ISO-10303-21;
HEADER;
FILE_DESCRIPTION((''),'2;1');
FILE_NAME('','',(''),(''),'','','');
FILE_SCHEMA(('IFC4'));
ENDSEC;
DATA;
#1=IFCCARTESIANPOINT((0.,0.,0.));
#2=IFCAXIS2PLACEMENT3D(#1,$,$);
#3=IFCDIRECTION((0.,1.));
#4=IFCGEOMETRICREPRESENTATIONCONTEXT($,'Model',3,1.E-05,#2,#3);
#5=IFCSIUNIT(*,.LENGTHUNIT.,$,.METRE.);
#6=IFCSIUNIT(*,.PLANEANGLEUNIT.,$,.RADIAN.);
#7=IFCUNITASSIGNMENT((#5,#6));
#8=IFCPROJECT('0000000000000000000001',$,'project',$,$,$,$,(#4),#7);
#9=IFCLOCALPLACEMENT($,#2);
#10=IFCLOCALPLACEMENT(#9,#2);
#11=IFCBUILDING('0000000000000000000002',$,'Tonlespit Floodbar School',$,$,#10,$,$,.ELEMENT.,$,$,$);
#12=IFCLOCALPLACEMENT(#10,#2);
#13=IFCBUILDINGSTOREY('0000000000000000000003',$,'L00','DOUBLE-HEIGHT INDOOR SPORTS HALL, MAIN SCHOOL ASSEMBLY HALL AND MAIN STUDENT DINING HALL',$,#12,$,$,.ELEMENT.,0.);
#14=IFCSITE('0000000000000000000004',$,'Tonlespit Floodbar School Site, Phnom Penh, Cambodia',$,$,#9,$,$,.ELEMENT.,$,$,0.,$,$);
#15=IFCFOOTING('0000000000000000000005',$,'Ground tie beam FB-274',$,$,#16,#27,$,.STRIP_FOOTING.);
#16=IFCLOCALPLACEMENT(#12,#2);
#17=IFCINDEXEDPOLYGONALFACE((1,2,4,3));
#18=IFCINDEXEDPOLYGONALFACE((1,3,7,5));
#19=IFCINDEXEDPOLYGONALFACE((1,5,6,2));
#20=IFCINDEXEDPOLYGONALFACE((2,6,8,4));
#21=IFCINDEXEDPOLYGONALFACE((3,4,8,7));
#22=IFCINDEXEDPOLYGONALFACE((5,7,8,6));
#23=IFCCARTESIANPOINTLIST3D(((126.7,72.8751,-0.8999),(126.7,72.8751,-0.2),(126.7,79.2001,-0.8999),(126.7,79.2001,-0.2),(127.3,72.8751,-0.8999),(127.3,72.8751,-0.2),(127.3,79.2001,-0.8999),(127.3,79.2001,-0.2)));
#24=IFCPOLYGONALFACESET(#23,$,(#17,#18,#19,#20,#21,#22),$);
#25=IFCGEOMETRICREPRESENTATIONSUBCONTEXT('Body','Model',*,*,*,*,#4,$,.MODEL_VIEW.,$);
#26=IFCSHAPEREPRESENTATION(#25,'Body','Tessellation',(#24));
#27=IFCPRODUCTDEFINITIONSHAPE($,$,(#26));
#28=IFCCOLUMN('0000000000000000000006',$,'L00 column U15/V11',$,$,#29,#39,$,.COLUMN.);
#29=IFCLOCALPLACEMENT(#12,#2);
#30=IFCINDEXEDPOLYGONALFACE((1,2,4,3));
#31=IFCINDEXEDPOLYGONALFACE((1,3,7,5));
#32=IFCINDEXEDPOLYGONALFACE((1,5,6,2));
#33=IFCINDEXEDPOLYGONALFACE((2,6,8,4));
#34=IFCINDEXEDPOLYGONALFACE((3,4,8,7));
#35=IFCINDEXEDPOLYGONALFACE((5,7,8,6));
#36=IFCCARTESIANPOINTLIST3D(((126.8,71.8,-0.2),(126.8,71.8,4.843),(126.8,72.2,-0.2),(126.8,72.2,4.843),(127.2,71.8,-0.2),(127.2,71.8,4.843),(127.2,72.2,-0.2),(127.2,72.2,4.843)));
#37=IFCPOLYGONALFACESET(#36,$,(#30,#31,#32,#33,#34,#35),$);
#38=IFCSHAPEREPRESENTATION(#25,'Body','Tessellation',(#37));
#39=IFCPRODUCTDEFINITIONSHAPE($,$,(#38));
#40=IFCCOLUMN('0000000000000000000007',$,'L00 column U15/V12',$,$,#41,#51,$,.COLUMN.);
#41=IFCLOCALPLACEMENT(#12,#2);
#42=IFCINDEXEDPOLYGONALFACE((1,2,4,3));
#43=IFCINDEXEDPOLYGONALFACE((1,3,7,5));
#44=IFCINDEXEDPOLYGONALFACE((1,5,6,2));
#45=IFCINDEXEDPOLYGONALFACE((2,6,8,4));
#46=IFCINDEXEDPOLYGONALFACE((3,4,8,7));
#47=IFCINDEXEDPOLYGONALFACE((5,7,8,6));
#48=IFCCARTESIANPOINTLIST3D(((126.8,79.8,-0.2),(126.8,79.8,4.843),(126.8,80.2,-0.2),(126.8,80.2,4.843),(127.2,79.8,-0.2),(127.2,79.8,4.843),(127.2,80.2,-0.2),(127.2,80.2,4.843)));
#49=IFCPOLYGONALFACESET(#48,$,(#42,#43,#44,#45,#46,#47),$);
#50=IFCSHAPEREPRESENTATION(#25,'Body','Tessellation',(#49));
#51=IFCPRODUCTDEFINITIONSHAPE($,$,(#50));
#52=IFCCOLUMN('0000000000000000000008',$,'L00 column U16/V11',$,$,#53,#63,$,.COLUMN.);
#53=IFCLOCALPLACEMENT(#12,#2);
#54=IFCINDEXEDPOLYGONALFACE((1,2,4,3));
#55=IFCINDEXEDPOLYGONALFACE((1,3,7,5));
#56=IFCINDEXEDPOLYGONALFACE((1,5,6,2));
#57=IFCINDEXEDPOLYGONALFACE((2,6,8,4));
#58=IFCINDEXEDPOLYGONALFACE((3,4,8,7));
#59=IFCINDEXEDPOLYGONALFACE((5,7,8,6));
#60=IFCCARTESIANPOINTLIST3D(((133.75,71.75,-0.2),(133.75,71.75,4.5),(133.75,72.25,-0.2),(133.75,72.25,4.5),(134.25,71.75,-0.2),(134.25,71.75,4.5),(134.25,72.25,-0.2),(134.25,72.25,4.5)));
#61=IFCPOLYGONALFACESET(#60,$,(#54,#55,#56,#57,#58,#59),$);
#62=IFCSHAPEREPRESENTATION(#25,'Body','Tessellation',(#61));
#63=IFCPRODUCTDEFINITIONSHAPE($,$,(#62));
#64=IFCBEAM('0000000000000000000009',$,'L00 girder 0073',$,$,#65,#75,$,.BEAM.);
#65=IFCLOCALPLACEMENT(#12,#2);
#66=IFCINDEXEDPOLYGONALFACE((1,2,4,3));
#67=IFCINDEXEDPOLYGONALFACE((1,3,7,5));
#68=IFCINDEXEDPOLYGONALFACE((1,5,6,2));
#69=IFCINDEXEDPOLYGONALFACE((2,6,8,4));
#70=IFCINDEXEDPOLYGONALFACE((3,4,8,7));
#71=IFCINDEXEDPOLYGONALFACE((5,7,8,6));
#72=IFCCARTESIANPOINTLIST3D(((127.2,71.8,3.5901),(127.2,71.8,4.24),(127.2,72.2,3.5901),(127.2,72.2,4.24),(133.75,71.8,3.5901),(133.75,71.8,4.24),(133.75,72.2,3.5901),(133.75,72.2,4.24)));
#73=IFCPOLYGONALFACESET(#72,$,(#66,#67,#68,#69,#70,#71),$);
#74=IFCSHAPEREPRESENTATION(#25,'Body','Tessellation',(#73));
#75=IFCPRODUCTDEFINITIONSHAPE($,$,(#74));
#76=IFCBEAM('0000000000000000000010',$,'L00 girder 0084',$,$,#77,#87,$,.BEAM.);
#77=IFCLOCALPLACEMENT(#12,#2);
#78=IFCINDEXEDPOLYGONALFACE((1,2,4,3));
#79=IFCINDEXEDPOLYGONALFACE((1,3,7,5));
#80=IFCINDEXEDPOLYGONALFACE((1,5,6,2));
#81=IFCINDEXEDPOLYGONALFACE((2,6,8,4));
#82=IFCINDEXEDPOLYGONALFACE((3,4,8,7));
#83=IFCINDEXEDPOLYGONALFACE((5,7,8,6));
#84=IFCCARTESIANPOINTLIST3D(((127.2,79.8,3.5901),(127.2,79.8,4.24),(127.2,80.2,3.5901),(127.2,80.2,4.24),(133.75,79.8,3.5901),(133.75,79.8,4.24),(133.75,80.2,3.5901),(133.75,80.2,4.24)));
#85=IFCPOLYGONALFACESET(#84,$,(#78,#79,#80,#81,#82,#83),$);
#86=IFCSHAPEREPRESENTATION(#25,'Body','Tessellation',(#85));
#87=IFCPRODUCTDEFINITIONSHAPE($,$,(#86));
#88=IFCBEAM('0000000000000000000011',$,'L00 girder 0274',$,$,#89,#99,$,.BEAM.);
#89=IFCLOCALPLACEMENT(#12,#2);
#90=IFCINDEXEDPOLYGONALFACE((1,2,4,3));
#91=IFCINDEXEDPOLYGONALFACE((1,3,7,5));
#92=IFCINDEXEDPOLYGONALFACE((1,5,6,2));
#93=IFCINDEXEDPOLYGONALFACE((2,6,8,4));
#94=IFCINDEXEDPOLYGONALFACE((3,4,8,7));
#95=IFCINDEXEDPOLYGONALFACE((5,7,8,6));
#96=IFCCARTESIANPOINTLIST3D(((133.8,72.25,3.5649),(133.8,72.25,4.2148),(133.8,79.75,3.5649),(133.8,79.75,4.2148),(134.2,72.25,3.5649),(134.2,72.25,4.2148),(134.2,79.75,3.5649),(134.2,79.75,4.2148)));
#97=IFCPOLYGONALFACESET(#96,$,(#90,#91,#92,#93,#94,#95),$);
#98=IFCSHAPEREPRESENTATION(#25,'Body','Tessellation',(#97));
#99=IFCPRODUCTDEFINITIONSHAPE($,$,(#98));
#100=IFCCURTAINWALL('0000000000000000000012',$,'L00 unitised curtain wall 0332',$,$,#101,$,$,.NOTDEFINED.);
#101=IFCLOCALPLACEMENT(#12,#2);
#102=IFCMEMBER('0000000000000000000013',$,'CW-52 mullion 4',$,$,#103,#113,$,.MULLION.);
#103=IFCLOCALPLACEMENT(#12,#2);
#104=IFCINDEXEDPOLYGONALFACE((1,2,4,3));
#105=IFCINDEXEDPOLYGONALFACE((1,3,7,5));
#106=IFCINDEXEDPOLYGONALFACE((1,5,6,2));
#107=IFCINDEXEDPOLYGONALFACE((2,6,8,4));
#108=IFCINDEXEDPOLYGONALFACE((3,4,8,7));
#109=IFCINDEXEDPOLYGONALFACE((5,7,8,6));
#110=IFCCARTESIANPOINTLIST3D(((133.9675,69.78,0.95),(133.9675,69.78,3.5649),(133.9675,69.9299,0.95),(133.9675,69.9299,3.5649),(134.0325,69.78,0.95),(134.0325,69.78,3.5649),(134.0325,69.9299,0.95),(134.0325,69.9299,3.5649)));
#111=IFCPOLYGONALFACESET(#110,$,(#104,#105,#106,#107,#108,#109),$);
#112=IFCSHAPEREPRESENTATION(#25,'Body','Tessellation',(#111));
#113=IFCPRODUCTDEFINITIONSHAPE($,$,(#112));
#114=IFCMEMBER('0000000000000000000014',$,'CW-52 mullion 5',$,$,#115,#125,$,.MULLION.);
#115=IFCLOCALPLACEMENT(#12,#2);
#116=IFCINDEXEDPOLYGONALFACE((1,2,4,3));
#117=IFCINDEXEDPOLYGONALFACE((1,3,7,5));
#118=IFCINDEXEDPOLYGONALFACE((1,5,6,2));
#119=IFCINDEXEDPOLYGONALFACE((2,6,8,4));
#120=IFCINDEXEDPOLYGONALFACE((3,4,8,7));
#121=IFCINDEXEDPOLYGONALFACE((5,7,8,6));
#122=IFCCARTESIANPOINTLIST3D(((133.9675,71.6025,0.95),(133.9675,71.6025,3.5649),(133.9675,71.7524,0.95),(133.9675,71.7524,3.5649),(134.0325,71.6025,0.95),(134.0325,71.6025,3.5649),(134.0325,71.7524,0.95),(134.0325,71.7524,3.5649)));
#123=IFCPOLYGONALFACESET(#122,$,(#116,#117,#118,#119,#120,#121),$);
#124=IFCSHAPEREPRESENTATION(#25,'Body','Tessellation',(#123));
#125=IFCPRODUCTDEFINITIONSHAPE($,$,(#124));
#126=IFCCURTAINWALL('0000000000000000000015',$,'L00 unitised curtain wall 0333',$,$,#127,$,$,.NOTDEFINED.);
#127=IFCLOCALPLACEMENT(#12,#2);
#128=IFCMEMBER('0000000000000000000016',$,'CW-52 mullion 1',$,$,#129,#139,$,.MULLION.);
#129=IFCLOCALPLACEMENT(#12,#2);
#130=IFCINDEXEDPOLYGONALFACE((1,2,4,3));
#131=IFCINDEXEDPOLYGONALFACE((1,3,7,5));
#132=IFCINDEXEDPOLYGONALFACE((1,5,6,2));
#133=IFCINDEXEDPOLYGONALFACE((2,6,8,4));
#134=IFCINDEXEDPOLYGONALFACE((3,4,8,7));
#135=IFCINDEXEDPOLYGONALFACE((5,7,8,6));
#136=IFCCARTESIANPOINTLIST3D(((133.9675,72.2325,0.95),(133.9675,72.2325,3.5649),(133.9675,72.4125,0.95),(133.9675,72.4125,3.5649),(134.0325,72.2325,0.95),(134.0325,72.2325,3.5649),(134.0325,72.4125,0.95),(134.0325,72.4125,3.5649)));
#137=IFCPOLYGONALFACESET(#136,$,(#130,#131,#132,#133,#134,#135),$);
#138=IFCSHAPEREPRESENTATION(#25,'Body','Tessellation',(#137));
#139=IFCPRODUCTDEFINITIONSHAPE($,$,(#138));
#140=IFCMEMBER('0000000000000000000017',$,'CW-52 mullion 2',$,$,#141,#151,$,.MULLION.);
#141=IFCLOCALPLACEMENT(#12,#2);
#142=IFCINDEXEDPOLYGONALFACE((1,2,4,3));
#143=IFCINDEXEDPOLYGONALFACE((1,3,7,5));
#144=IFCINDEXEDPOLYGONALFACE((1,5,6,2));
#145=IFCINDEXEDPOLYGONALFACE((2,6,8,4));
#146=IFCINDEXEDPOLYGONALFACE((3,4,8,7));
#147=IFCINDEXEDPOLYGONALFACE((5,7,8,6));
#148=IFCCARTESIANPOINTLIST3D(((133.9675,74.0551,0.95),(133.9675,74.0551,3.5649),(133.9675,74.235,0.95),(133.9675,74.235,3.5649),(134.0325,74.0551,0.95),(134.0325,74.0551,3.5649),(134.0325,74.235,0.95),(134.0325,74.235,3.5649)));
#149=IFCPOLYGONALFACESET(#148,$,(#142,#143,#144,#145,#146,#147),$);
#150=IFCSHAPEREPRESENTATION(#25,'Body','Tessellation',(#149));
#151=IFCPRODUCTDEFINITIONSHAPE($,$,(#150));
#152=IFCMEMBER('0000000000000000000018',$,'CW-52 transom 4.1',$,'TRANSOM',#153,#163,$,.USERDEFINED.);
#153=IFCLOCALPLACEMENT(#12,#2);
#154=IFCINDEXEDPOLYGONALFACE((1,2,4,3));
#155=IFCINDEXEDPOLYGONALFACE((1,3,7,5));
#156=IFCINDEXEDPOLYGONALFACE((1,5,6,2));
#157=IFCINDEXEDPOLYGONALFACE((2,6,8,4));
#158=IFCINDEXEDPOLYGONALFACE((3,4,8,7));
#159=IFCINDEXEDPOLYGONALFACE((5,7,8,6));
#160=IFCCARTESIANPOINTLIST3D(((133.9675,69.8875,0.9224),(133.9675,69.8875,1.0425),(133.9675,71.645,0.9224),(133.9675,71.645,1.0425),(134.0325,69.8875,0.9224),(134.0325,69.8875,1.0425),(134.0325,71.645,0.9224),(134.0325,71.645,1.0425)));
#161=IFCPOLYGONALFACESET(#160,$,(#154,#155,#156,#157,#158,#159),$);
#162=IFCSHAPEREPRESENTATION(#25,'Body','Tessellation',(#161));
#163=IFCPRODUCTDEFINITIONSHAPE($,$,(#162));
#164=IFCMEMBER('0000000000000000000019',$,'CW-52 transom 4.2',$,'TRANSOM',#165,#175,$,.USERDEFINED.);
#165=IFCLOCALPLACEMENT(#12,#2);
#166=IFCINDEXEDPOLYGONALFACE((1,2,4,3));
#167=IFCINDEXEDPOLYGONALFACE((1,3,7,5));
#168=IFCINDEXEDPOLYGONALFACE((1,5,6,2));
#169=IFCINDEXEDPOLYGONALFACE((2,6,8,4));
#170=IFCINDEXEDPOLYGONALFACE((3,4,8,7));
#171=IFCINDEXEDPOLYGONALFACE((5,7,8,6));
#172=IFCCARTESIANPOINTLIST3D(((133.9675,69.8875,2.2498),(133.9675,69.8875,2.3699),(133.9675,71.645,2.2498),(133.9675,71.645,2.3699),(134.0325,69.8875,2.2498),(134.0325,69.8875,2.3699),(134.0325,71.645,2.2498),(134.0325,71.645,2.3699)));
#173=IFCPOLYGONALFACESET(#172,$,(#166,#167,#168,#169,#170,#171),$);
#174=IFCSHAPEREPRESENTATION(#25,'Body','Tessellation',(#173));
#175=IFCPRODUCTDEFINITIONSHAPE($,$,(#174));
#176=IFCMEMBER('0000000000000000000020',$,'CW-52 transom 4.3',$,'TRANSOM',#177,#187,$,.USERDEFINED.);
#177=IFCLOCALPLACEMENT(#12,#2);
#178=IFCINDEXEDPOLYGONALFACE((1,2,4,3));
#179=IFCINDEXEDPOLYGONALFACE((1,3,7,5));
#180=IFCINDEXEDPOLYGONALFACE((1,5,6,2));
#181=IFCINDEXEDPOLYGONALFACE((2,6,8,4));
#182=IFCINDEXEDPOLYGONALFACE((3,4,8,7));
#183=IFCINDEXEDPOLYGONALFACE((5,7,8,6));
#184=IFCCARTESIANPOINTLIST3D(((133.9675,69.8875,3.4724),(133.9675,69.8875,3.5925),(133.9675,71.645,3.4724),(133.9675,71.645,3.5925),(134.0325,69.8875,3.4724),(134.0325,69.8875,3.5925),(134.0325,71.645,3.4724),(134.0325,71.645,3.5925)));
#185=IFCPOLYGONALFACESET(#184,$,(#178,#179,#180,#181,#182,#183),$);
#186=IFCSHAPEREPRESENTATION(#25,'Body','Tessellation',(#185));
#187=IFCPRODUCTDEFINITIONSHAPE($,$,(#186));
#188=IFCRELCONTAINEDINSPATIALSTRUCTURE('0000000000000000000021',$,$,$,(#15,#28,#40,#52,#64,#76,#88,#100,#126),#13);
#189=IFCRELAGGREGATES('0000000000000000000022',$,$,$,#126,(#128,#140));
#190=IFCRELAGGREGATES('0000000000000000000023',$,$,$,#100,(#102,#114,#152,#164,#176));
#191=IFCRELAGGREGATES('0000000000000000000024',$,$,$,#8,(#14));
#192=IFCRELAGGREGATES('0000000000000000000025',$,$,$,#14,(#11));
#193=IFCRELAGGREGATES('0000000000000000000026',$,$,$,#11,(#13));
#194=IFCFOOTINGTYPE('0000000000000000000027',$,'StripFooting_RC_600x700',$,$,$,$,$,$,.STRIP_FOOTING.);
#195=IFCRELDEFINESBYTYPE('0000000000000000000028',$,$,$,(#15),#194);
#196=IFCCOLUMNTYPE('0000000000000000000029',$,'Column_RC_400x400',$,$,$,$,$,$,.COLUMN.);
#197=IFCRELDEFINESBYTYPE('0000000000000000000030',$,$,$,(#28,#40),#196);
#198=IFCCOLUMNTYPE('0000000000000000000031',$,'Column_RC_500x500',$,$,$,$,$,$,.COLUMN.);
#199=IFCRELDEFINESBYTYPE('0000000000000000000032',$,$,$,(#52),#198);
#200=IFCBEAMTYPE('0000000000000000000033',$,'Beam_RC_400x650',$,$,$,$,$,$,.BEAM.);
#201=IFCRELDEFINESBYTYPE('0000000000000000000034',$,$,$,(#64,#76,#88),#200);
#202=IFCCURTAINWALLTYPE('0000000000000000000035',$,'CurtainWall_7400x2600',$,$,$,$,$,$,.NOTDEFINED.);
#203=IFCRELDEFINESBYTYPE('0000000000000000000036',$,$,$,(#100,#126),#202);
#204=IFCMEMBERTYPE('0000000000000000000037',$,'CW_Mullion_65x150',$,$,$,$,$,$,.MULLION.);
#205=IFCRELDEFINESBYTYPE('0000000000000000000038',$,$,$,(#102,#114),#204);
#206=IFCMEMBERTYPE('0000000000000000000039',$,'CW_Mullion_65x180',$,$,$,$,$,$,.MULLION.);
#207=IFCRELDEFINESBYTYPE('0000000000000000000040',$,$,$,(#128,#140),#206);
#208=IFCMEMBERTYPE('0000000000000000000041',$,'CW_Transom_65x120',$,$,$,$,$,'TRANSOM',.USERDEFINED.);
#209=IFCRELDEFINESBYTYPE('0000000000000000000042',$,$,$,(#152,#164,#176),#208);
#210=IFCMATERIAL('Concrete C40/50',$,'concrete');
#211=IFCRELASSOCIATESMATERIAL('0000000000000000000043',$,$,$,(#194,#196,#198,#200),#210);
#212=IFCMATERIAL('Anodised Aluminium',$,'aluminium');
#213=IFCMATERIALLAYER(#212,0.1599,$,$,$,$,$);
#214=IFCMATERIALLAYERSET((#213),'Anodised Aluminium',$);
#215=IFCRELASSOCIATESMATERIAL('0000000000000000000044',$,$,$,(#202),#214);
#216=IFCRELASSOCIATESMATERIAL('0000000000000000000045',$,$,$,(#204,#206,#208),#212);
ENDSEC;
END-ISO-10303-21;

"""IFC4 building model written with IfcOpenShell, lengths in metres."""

from ifc_helpers import new_model, si_unit, direction, frame, origin, origin_2d, place, context, subcontext, project, spatial, rectangle, extrude, material, layer, layer_set, material_profile, profile_set, type_object, element, aggregate, save


model = new_model("IFC4")

# Units and contexts
model_context = context("Model", 3, precision=1e-05, world=origin(), true_north=direction((0.0, 1.0)))
body_context = subcontext(model_context, "Body", "Model", "MODEL_VIEW")
ifc_project = project(units=[si_unit("LENGTHUNIT", "METRE"), si_unit("PLANEANGLEUNIT", "RADIAN")], contexts=[model_context])

# Site, building, storey
site_placement = place(None, origin())
site = spatial("IfcSite", under=ifc_project, at=site_placement, Name="Tonlespit Floodbar School Site, Phnom Penh, Cambodia", CompositionType="ELEMENT", RefElevation=0.0)
building_placement = place(site_placement, origin())
building = spatial("IfcBuilding", under=site, at=building_placement, Name="Tonlespit Floodbar School", CompositionType="ELEMENT")
storey_placement = place(building_placement, origin())
storey = spatial("IfcBuildingStorey", under=building, at=storey_placement, Name="L00", Description="DOUBLE-HEIGHT INDOOR SPORTS HALL, MAIN SCHOOL ASSEMBLY HALL AND MAIN STUDENT DINING HALL", CompositionType="ELEMENT", Elevation=0.0)

# Shared definitions
ifc_material_1 = material(Name="Concrete C40/50", Category="concrete")

# Footing
footing_type_1 = type_object("IfcFootingType", Name="StripFooting_RC_600x700", PredefinedType="STRIP_FOOTING", material=ifc_material_1)
footing_1_placement = place(storey_placement, frame((127.0, 76.0376, -0.8999), z_axis=(0.0, 0.0, 1.0), x_axis=(0.0, 1.0, 0.0)))
element("IfcFooting", 1, at=footing_1_placement, inside=storey, type_object=footing_type_1, Name="Ground tie beam FB-274", PredefinedType="STRIP_FOOTING", context=body_context, shape_type="SweptSolid", body=[
    extrude(rectangle(XDim=6.325, YDim=0.6001, at=origin_2d()), origin(), (0.0, 0.0, 1.0), 0.7),
])

# Columns
ifc_material_profile_1 = material_profile(ifc_material_1, rectangle(XDim=0.3999, YDim=0.3999, at=origin_2d()), Name="RC 400x400")
ifc_profile_set_1 = profile_set([ifc_material_profile_1], Name="Concrete C40/50")
column_type_1 = type_object("IfcColumnType", Name="Column_RC_400x400", PredefinedType="COLUMN", material=ifc_profile_set_1)
for number, where, z_axis, x_axis, name in (
    (2, (127.0, 72.0, -0.2), (0.0, 0.0, 1.0), (1.0, 0.0, 0.0), "L00 column U15/V11"),
    (3, (127.0, 80.0, -0.2), (0.0, 0.0, 1.0), (1.0, 0.0, 0.0), "L00 column U15/V12"),
):
    element("IfcColumn", number, at=place(storey_placement, frame(where, z_axis=z_axis, x_axis=x_axis)), inside=storey, type_object=column_type_1, Name=name, PredefinedType="COLUMN", context=body_context, shape_type="SweptSolid", body=[
        extrude(rectangle(XDim=0.3999, YDim=0.3999, at=origin_2d()), origin(), (0.0, 0.0, 1.0), 5.043),
    ])
ifc_material_profile_2 = material_profile(ifc_material_1, rectangle(XDim=0.5, YDim=0.5, at=origin_2d()), Name="RC 500x500")
ifc_profile_set_2 = profile_set([ifc_material_profile_2], Name="Concrete C40/50")
column_type_2 = type_object("IfcColumnType", Name="Column_RC_500x500", PredefinedType="COLUMN", material=ifc_profile_set_2)
column_placement = place(storey_placement, frame((134.0, 72.0, -0.2), z_axis=(0.0, 0.0, 1.0), x_axis=(1.0, 0.0, 0.0)))
element("IfcColumn", 4, at=column_placement, inside=storey, type_object=column_type_2, Name="L00 column U16/V11", PredefinedType="COLUMN", context=body_context, shape_type="SweptSolid", body=[
    extrude(rectangle(XDim=0.5, YDim=0.5, at=origin_2d()), origin(), (0.0, 0.0, 1.0), 4.7),
])

# Beams
ifc_material_profile_3 = material_profile(ifc_material_1, rectangle(XDim=0.3999, YDim=0.6499, at=origin_2d()), Name="RC 400x650")
ifc_profile_set_3 = profile_set([ifc_material_profile_3], Name="Concrete C40/50")
beam_type_1 = type_object("IfcBeamType", Name="Beam_RC_400x650", PredefinedType="BEAM", material=ifc_profile_set_3)
for number, where, z_axis, x_axis, name in (
    (5, (127.2, 72.0, 3.915), (1.0, 0.0, 0.0), (0.0, 1.0, 0.0), "L00 girder 0073"),
    (6, (127.2, 80.0, 3.915), (1.0, 0.0, 0.0), (0.0, 1.0, 0.0), "L00 girder 0084"),
):
    element("IfcBeam", number, at=place(storey_placement, frame(where, z_axis=z_axis, x_axis=x_axis)), inside=storey, type_object=beam_type_1, Name=name, PredefinedType="BEAM", context=body_context, shape_type="SweptSolid", body=[
        extrude(rectangle(XDim=0.3999, YDim=0.6499, at=origin_2d()), origin(), (0.0, 0.0, 1.0), 6.55),
    ])
beam_1_placement = place(storey_placement, frame((134.0, 72.25, 3.8899), z_axis=(0.0, 1.0, 0.0), x_axis=(-1.0, 0.0, 0.0)))
element("IfcBeam", 7, at=beam_1_placement, inside=storey, type_object=beam_type_1, Name="L00 girder 0274", PredefinedType="BEAM", context=body_context, shape_type="SweptSolid", body=[
    extrude(rectangle(XDim=0.3999, YDim=0.6499, at=origin_2d()), origin(), (0.0, 0.0, 1.0), 7.5),
])

# Curtain walls, members
ifc_material_2 = material(Name="Anodised Aluminium", Category="aluminium")
ifc_layer_1 = layer(ifc_material_2, 0.1599)
ifc_layer_set_1 = layer_set([ifc_layer_1], Name="Anodised Aluminium")
curtain_wall_type = type_object("IfcCurtainWallType", Name="CurtainWall_7400x2600", PredefinedType="NOTDEFINED", material=ifc_layer_set_1)
curtain_wall_1_placement = place(storey_placement, origin())
curtain_wall_1 = element("IfcCurtainWall", 8, at=curtain_wall_1_placement, inside=storey, type_object=curtain_wall_type, Name="L00 unitised curtain wall 0332", PredefinedType="NOTDEFINED")
ifc_material_profile_4 = material_profile(ifc_material_2, rectangle(XDim=0.0649, YDim=0.1499, at=origin_2d()), Name="ALU M65x150")
ifc_profile_set_4 = profile_set([ifc_material_profile_4], Name="Anodised Aluminium")
member_type_1 = type_object("IfcMemberType", Name="CW_Mullion_65x150", PredefinedType="MULLION", material=ifc_profile_set_4)
member_1_placement = place(storey_placement, frame((134.0, 69.855, 0.95), z_axis=(0.0, 0.0, 1.0), x_axis=(-1.0, 0.0, 0.0)))
member_1 = element("IfcMember", 9, at=member_1_placement, type_object=member_type_1, Name="CW-52 mullion 4", PredefinedType="MULLION", context=body_context, shape_type="SweptSolid", body=[
    extrude(rectangle(XDim=0.0649, YDim=0.1499, at=origin_2d()), origin(), (0.0, 0.0, 1.0), 2.615),
])
member_2_placement = place(storey_placement, frame((134.0, 71.6775, 0.95), z_axis=(0.0, 0.0, 1.0), x_axis=(-1.0, 0.0, 0.0)))
member_2 = element("IfcMember", 10, at=member_2_placement, type_object=member_type_1, Name="CW-52 mullion 5", PredefinedType="MULLION", context=body_context, shape_type="SweptSolid", body=[
    extrude(rectangle(XDim=0.0649, YDim=0.1499, at=origin_2d()), origin(), (0.0, 0.0, 1.0), 2.615),
])
curtain_wall_2_placement = place(storey_placement, origin())
curtain_wall_2 = element("IfcCurtainWall", 11, at=curtain_wall_2_placement, inside=storey, type_object=curtain_wall_type, Name="L00 unitised curtain wall 0333", PredefinedType="NOTDEFINED")
ifc_material_profile_5 = material_profile(ifc_material_2, rectangle(XDim=0.0649, YDim=0.1799, at=origin_2d()), Name="ALU M65x180")
ifc_profile_set_5 = profile_set([ifc_material_profile_5], Name="Anodised Aluminium")
member_type_2 = type_object("IfcMemberType", Name="CW_Mullion_65x180", PredefinedType="MULLION", material=ifc_profile_set_5)
member_3_placement = place(storey_placement, frame((134.0, 72.3225, 0.95), z_axis=(0.0, 0.0, 1.0), x_axis=(-1.0, 0.0, 0.0)))
member_3 = element("IfcMember", 12, at=member_3_placement, type_object=member_type_2, Name="CW-52 mullion 1", PredefinedType="MULLION", context=body_context, shape_type="SweptSolid", body=[
    extrude(rectangle(XDim=0.0649, YDim=0.1799, at=origin_2d()), origin(), (0.0, 0.0, 1.0), 2.615),
])
member_4_placement = place(storey_placement, frame((134.0, 74.145, 0.95), z_axis=(0.0, 0.0, 1.0), x_axis=(-1.0, 0.0, 0.0)))
member_4 = element("IfcMember", 13, at=member_4_placement, type_object=member_type_2, Name="CW-52 mullion 2", PredefinedType="MULLION", context=body_context, shape_type="SweptSolid", body=[
    extrude(rectangle(XDim=0.0649, YDim=0.1799, at=origin_2d()), origin(), (0.0, 0.0, 1.0), 2.615),
])

# Members
ifc_material_profile_6 = material_profile(ifc_material_2, rectangle(XDim=0.0649, YDim=0.1201, at=origin_2d()), Name="ALU T65x120")
ifc_profile_set_6 = profile_set([ifc_material_profile_6], Name="Anodised Aluminium")
member_type_3 = type_object("IfcMemberType", Name="CW_Transom_65x120", ElementType="TRANSOM", PredefinedType="USERDEFINED", material=ifc_profile_set_6)
member_5_placement = place(storey_placement, frame((134.0, 69.8875, 0.9824), z_axis=(0.0, 1.0, 0.0), x_axis=(-1.0, 0.0, 0.0)))
member_5 = element("IfcMember", 14, at=member_5_placement, type_object=member_type_3, Name="CW-52 transom 4.1", ObjectType="TRANSOM", PredefinedType="USERDEFINED", context=body_context, shape_type="SweptSolid", body=[
    extrude(rectangle(XDim=0.0649, YDim=0.1201, at=origin_2d()), origin(), (0.0, 0.0, 1.0), 1.7576),
])
member_6_placement = place(storey_placement, frame((134.0, 69.8875, 2.3098), z_axis=(0.0, 1.0, 0.0), x_axis=(-1.0, 0.0, 0.0)))
member_6 = element("IfcMember", 15, at=member_6_placement, type_object=member_type_3, Name="CW-52 transom 4.2", ObjectType="TRANSOM", PredefinedType="USERDEFINED", context=body_context, shape_type="SweptSolid", body=[
    extrude(rectangle(XDim=0.0649, YDim=0.1201, at=origin_2d()), origin(), (0.0, 0.0, 1.0), 1.7576),
])
member_7_placement = place(storey_placement, frame((134.0, 69.8875, 3.5325), z_axis=(0.0, 1.0, 0.0), x_axis=(-1.0, 0.0, 0.0)))
member_7 = element("IfcMember", 16, at=member_7_placement, type_object=member_type_3, Name="CW-52 transom 4.3", ObjectType="TRANSOM", PredefinedType="USERDEFINED", context=body_context, shape_type="SweptSolid", body=[
    extrude(rectangle(XDim=0.0649, YDim=0.1201, at=origin_2d()), origin(), (0.0, 0.0, 1.0), 1.7576),
])

aggregate(curtain_wall_2, [member_3, member_4])
aggregate(curtain_wall_1, [member_1, member_2, member_5, member_6, member_7])

save(model, "model.ifc")
